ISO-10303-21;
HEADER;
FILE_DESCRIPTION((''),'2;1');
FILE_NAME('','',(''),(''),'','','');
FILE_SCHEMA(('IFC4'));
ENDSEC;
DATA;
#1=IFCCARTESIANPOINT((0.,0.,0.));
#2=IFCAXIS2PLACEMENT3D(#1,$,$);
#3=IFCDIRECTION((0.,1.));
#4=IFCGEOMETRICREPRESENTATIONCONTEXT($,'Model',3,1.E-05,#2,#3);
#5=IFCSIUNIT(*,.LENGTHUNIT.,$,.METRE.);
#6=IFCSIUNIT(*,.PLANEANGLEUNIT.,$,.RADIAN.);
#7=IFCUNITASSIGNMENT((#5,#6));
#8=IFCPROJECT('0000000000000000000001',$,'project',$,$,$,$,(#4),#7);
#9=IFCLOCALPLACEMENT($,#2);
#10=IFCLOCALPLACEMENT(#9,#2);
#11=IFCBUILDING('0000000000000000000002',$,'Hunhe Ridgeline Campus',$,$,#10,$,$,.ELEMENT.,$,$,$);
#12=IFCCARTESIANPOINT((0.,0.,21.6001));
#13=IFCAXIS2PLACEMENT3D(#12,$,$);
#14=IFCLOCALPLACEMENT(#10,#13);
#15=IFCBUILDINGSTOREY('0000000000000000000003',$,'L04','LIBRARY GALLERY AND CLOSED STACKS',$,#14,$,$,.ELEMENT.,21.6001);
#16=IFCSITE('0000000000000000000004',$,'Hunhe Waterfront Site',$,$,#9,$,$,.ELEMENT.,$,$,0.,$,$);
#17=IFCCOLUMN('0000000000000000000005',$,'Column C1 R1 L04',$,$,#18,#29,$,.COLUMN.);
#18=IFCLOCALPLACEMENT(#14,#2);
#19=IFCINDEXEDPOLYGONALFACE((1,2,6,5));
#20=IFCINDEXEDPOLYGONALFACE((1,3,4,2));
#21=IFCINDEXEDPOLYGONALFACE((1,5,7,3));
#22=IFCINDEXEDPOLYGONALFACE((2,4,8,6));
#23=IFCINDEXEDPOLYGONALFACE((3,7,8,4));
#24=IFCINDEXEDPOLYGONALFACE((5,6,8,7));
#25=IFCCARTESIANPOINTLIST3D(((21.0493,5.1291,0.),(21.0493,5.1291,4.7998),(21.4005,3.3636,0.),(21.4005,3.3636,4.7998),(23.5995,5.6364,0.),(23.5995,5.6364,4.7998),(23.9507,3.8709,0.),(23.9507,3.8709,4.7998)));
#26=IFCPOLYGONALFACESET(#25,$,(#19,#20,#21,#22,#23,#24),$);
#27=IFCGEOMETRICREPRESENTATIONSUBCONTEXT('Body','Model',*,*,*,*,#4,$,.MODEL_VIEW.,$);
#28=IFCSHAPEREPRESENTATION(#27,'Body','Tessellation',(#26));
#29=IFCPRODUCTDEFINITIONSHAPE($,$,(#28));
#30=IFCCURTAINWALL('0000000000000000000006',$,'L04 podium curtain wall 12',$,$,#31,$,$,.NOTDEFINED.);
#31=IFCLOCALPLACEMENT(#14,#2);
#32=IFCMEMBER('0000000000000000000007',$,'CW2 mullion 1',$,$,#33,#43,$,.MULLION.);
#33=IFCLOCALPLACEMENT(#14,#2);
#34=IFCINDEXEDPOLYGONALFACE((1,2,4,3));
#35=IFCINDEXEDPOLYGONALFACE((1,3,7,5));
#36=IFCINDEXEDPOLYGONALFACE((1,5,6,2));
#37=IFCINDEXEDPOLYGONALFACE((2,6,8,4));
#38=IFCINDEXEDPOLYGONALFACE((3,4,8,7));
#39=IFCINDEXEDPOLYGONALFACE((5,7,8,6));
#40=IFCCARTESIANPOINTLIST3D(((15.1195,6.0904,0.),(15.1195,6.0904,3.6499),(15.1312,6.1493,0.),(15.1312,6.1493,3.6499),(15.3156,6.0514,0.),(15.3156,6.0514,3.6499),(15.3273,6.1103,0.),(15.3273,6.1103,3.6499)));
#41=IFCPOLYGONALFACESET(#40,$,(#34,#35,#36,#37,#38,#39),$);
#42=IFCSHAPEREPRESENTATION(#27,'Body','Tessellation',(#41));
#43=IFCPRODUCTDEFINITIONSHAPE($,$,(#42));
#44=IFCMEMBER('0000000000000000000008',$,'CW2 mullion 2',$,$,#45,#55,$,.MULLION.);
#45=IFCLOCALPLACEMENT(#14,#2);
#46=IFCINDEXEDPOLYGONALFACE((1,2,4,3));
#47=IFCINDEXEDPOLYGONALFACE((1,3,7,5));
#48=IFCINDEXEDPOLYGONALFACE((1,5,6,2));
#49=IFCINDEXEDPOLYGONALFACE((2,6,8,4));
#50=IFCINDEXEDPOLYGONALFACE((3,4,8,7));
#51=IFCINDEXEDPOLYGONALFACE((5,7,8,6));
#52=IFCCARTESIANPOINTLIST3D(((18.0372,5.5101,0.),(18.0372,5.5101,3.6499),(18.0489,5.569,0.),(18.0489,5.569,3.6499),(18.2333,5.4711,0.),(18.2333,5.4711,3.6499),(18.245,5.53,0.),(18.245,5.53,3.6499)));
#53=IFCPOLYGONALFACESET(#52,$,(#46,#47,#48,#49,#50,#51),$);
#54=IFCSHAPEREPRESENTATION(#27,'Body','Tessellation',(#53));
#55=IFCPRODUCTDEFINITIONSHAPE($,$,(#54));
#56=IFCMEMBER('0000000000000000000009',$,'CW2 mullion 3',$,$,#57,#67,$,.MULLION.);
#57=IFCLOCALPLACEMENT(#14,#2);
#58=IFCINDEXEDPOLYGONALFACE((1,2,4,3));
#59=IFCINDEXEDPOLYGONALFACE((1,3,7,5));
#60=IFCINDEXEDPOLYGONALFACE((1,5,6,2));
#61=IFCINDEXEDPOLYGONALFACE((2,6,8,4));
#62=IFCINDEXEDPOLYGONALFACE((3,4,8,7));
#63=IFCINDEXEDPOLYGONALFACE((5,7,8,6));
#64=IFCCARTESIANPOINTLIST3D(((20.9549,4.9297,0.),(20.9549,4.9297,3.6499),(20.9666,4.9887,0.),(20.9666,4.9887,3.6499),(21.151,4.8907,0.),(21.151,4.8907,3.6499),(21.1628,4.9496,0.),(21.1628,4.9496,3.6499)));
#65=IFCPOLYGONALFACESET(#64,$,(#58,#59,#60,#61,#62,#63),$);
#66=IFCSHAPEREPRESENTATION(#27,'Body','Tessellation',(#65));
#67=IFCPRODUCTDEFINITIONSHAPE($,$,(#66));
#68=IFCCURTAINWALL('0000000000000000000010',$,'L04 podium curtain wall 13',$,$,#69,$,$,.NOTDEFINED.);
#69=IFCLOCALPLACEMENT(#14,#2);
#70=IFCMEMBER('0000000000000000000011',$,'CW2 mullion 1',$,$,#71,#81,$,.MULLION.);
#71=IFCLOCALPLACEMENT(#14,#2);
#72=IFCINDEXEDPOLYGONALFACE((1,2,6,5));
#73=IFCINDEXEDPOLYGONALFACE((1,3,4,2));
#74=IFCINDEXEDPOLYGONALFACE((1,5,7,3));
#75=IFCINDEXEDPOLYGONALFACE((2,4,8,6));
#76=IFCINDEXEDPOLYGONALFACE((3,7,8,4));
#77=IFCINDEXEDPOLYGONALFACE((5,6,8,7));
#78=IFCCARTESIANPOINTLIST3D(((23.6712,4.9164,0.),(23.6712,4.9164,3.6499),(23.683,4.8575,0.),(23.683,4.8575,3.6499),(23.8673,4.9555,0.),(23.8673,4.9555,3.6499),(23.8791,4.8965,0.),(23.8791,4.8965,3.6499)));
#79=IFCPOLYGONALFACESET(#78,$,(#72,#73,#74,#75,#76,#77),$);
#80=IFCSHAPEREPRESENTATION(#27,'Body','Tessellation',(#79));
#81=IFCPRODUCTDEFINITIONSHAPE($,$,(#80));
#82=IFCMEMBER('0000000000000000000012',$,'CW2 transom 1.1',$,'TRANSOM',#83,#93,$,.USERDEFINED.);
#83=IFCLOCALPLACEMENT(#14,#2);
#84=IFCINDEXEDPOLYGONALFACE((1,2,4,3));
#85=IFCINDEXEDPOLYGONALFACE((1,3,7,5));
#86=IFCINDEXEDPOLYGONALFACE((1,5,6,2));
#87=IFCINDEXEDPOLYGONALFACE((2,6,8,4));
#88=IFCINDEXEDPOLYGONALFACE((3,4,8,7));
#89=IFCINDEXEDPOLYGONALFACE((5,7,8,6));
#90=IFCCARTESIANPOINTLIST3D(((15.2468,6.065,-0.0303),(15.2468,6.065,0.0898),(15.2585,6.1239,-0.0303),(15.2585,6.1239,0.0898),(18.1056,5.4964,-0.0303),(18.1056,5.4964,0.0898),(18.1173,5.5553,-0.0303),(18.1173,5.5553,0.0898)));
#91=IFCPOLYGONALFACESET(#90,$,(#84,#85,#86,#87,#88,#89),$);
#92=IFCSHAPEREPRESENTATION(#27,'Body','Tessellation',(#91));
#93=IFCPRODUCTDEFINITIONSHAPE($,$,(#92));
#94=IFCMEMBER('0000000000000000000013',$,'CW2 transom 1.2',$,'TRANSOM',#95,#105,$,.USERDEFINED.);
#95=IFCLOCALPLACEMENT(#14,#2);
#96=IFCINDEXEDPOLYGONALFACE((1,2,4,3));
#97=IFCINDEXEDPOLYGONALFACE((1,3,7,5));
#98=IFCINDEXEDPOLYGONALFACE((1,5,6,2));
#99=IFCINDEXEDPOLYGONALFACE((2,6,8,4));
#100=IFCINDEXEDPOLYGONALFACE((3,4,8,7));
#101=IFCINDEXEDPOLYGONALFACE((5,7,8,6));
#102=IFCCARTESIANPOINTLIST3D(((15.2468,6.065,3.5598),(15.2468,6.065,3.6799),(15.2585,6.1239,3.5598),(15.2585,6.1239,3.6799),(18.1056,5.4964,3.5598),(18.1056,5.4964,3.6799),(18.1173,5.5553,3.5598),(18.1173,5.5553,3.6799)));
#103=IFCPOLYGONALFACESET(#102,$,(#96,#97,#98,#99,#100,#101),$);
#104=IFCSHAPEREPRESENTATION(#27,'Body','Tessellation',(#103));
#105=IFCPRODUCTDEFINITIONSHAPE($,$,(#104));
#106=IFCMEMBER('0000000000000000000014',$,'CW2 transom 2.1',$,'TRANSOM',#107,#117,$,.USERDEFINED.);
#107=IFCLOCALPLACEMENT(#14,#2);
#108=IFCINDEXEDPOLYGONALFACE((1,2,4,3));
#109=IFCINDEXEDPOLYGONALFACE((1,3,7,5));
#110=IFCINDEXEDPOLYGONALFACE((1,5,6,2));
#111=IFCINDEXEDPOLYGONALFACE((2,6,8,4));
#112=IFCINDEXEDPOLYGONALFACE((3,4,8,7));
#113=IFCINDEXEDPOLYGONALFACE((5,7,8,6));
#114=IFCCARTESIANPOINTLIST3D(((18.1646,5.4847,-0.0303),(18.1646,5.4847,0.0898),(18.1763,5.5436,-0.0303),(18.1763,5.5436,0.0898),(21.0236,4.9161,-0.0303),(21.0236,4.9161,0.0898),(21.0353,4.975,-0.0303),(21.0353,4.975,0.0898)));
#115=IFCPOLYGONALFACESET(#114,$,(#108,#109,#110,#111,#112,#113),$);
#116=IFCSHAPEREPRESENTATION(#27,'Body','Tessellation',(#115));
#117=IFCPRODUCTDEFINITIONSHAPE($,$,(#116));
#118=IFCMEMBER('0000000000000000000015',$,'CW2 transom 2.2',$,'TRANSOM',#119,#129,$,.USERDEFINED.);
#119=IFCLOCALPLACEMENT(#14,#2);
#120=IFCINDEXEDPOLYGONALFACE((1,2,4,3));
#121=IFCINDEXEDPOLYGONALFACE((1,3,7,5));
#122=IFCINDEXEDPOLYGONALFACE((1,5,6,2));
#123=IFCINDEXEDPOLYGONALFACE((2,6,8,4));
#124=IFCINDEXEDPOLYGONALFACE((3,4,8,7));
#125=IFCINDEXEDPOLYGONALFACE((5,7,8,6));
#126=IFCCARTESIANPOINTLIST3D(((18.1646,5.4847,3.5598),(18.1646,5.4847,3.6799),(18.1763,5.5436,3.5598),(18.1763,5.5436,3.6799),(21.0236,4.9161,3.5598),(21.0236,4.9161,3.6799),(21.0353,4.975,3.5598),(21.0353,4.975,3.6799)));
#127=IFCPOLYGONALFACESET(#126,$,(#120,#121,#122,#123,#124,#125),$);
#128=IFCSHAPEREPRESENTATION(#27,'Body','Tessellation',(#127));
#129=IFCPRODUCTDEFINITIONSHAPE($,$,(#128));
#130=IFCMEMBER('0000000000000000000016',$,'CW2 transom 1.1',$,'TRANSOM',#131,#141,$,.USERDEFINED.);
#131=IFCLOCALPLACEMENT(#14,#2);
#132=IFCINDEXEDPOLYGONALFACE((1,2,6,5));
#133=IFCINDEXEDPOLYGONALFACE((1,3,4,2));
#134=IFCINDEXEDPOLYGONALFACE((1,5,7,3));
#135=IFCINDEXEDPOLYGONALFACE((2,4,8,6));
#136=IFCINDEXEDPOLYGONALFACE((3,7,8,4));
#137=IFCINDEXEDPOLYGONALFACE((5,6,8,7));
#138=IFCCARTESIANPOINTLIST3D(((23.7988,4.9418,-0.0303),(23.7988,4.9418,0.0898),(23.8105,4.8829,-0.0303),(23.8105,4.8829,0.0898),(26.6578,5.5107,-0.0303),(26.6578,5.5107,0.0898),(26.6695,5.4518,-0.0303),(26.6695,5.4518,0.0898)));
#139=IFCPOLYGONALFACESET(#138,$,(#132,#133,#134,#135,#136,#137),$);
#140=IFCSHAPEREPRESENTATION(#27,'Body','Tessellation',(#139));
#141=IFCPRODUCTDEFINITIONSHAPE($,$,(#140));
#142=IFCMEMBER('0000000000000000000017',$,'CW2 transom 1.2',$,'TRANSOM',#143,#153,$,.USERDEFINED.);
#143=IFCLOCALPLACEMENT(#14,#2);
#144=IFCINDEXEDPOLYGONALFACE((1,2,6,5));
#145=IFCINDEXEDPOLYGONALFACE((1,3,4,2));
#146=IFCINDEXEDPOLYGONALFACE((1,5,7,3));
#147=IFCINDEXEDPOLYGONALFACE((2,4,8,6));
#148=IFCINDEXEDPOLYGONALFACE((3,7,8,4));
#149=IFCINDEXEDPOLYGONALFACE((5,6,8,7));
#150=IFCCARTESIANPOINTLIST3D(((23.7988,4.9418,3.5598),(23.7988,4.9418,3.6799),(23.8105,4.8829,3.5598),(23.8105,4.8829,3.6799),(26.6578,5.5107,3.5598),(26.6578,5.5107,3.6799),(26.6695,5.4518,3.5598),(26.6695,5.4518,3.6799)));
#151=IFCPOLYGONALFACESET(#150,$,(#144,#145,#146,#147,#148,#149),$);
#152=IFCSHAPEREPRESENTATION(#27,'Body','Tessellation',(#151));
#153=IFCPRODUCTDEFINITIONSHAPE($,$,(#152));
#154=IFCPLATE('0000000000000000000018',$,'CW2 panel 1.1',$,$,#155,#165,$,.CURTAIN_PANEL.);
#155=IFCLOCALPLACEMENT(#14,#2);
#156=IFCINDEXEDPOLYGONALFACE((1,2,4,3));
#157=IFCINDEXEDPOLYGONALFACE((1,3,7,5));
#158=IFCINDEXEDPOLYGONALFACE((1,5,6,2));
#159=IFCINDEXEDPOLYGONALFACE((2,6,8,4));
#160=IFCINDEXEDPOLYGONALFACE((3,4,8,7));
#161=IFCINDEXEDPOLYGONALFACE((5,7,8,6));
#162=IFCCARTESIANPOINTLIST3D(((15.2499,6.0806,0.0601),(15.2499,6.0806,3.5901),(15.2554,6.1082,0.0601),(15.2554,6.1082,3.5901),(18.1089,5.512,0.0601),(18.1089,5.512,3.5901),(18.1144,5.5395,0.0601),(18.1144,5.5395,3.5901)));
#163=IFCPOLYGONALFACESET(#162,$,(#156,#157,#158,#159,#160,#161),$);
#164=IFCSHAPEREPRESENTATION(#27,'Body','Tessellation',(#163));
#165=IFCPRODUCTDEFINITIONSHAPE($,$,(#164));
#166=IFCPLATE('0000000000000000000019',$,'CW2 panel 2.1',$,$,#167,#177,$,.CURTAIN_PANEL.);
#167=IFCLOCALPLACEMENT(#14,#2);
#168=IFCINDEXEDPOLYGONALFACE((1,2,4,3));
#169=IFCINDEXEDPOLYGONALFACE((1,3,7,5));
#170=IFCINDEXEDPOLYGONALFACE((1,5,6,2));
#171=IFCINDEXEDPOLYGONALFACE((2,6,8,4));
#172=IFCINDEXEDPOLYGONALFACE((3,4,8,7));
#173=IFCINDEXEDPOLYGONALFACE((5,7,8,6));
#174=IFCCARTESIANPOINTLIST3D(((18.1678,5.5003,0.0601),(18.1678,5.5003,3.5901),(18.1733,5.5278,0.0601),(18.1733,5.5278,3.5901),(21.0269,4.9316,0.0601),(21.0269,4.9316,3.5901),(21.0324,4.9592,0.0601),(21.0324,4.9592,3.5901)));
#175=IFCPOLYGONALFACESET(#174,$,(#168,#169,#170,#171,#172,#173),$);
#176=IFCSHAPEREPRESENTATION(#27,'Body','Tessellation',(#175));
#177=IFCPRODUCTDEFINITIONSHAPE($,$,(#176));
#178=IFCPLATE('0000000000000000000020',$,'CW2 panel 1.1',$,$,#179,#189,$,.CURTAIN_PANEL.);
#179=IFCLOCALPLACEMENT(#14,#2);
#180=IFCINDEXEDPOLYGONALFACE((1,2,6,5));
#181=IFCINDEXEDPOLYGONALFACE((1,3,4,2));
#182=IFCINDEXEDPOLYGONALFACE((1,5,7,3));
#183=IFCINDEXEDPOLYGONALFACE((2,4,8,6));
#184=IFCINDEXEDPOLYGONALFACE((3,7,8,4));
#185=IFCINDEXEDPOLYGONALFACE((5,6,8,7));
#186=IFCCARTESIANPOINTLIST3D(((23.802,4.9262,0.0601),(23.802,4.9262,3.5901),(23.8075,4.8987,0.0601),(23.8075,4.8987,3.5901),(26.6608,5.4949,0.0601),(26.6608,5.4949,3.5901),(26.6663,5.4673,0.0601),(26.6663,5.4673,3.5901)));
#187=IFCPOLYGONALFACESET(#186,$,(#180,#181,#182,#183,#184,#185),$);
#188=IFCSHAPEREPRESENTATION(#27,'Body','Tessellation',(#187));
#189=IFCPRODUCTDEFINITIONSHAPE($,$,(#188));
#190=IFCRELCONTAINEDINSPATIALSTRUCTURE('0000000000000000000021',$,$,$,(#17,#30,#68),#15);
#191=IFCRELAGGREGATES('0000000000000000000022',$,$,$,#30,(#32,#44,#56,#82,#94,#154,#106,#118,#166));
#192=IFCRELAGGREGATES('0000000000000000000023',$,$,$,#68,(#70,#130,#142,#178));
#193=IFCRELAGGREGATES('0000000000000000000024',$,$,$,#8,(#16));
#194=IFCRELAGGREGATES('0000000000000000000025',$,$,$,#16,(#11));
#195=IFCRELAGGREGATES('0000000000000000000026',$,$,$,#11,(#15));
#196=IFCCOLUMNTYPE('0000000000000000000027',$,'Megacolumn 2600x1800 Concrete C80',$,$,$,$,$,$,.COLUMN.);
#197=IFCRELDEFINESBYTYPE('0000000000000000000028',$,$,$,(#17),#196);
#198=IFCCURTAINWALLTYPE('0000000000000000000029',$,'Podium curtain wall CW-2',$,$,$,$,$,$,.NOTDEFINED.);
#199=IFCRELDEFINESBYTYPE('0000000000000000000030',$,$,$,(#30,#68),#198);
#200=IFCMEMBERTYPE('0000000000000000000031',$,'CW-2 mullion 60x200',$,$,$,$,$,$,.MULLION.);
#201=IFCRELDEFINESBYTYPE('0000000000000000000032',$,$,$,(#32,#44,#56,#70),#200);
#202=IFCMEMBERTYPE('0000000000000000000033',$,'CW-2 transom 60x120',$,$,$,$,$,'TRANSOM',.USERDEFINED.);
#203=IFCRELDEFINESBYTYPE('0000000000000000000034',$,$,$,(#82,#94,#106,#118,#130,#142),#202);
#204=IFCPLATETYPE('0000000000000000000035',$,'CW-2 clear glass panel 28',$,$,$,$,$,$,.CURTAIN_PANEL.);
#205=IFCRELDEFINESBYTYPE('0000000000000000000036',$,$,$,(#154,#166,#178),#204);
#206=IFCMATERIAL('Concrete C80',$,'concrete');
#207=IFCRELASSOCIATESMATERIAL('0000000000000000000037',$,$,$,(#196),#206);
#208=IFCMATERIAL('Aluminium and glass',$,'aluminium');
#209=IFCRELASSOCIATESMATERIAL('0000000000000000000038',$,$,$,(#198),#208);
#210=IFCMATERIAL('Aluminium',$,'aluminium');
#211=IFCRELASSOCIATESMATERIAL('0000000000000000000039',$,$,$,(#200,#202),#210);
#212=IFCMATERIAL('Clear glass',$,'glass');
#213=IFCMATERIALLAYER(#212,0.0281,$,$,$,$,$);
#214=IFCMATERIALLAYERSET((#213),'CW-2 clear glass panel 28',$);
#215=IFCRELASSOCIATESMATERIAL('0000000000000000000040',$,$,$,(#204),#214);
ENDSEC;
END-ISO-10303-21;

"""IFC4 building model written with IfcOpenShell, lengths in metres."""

from ifc_helpers import new_model, si_unit, direction, frame, origin, origin_2d, place, context, subcontext, project, spatial, rectangle, extrude, material, layer, layer_set, material_profile, profile_set, type_object, element, aggregate, save


model = new_model("IFC4")

# Units and contexts
model_context = context("Model", 3, precision=1e-05, world=origin(), true_north=direction((0.0, 1.0)))
body_context = subcontext(model_context, "Body", "Model", "MODEL_VIEW")
ifc_project = project(units=[si_unit("LENGTHUNIT", "METRE"), si_unit("PLANEANGLEUNIT", "RADIAN")], contexts=[model_context])

# Site, building, storey
site_placement = place(None, origin())
site = spatial("IfcSite", under=ifc_project, at=site_placement, Name="Hunhe Waterfront Site", CompositionType="ELEMENT", RefElevation=0.0)
building_placement = place(site_placement, origin())
building = spatial("IfcBuilding", under=site, at=building_placement, Name="Hunhe Ridgeline Campus", CompositionType="ELEMENT")
storey_placement = place(building_placement, frame((0.0, 0.0, 21.6001)))
storey = spatial("IfcBuildingStorey", under=building, at=storey_placement, Name="L04", Description="LIBRARY GALLERY AND CLOSED STACKS", CompositionType="ELEMENT", Elevation=21.6001)

# Column
ifc_material_1 = material(Name="Concrete C80", Category="concrete")
ifc_material_profile_1 = material_profile(ifc_material_1, rectangle(XDim=2.6001, YDim=1.8, at=origin_2d()))
ifc_profile_set_1 = profile_set([ifc_material_profile_1], Name="Concrete C80")
column_type = type_object("IfcColumnType", Name="Megacolumn 2600x1800 Concrete C80", PredefinedType="COLUMN", material=ifc_profile_set_1)
column_placement = place(storey_placement, frame((22.5, 4.5, 0.0), z_axis=(0.0, 0.0, 1.0), x_axis=(0.980785, 0.19509, 0.0)))
element("IfcColumn", 1, at=column_placement, inside=storey, type_object=column_type, Name="Column C1 R1 L04", PredefinedType="COLUMN", context=body_context, shape_type="SweptSolid", body=[
    extrude(rectangle(XDim=2.6001, YDim=1.8, at=origin_2d()), origin(), (0.0, 0.0, 1.0), 4.7998),
])

# Curtain wall, members
ifc_material_2 = material(Name="Aluminium and glass", Category="aluminium")
curtain_wall_type = type_object("IfcCurtainWallType", Name="Podium curtain wall CW-2", PredefinedType="NOTDEFINED", material=ifc_material_2)
curtain_wall_1_placement = place(storey_placement, origin())
curtain_wall_1 = element("IfcCurtainWall", 2, at=curtain_wall_1_placement, inside=storey, type_object=curtain_wall_type, Name="L04 podium curtain wall 12", PredefinedType="NOTDEFINED")
ifc_material_3 = material(Name="Aluminium", Category="aluminium")
ifc_material_profile_2 = material_profile(ifc_material_3, rectangle(XDim=0.0601, YDim=0.2, at=origin_2d()))
ifc_profile_set_2 = profile_set([ifc_material_profile_2], Name="Aluminium")
member_type_1 = type_object("IfcMemberType", Name="CW-2 mullion 60x200", PredefinedType="MULLION", material=ifc_profile_set_2)
member_1_placement = place(storey_placement, frame((15.2234, 6.1003, 0.0), z_axis=(0.0, 0.0, 1.0), x_axis=(0.195079, 0.980787, 0.0)))
member_1 = element("IfcMember", 3, at=member_1_placement, type_object=member_type_1, Name="CW2 mullion 1", PredefinedType="MULLION", context=body_context, shape_type="SweptSolid", body=[
    extrude(rectangle(XDim=0.0601, YDim=0.2, at=origin_2d()), origin(), (0.0, 0.0, 1.0), 3.6499),
])
member_2_placement = place(storey_placement, frame((18.1411, 5.52, 0.0), z_axis=(0.0, 0.0, 1.0), x_axis=(0.195079, 0.980787, 0.0)))
member_2 = element("IfcMember", 4, at=member_2_placement, type_object=member_type_1, Name="CW2 mullion 2", PredefinedType="MULLION", context=body_context, shape_type="SweptSolid", body=[
    extrude(rectangle(XDim=0.0601, YDim=0.2, at=origin_2d()), origin(), (0.0, 0.0, 1.0), 3.6499),
])
member_3_placement = place(storey_placement, frame((21.0588, 4.9397, 0.0), z_axis=(0.0, 0.0, 1.0), x_axis=(0.195079, 0.980787, 0.0)))
member_3 = element("IfcMember", 5, at=member_3_placement, type_object=member_type_1, Name="CW2 mullion 3", PredefinedType="MULLION", context=body_context, shape_type="SweptSolid", body=[
    extrude(rectangle(XDim=0.0601, YDim=0.2, at=origin_2d()), origin(), (0.0, 0.0, 1.0), 3.6499),
])

# Curtain wall, member
curtain_wall_2_placement = place(storey_placement, origin())
curtain_wall_2 = element("IfcCurtainWall", 6, at=curtain_wall_2_placement, inside=storey, type_object=curtain_wall_type, Name="L04 podium curtain wall 13", PredefinedType="NOTDEFINED")
member_4_placement = place(storey_placement, frame((23.7751, 4.9065, 0.0), z_axis=(0.0, 0.0, 1.0), x_axis=(-0.195098, 0.980784, 0.0)))
member_4 = element("IfcMember", 7, at=member_4_placement, type_object=member_type_1, Name="CW2 mullion 1", PredefinedType="MULLION", context=body_context, shape_type="SweptSolid", body=[
    extrude(rectangle(XDim=0.0601, YDim=0.2, at=origin_2d()), origin(), (0.0, 0.0, 1.0), 3.6499),
])

# Members
ifc_material_profile_3 = material_profile(ifc_material_3, rectangle(XDim=0.0601, YDim=0.1201, at=origin_2d()))
ifc_profile_set_3 = profile_set([ifc_material_profile_3], Name="Aluminium")
member_type_2 = type_object("IfcMemberType", Name="CW-2 transom 60x120", ElementType="TRANSOM", PredefinedType="USERDEFINED", material=ifc_profile_set_3)
member_5_placement = place(storey_placement, frame((15.2527, 6.0945, 0.0298), z_axis=(0.98079, -0.195069, 0.0), x_axis=(0.195069, 0.98079, 0.0)))
member_5 = element("IfcMember", 8, at=member_5_placement, type_object=member_type_2, Name="CW2 transom 1.1", ObjectType="TRANSOM", PredefinedType="USERDEFINED", context=body_context, shape_type="SweptSolid", body=[
    extrude(rectangle(XDim=0.0601, YDim=0.1201, at=origin_2d()), origin(), (0.0, 0.0, 1.0), 2.9148),
])
member_6_placement = place(storey_placement, frame((15.2527, 6.0945, 3.6199), z_axis=(0.98079, -0.195069, 0.0), x_axis=(0.195069, 0.98079, 0.0)))
member_6 = element("IfcMember", 9, at=member_6_placement, type_object=member_type_2, Name="CW2 transom 1.2", ObjectType="TRANSOM", PredefinedType="USERDEFINED", context=body_context, shape_type="SweptSolid", body=[
    extrude(rectangle(XDim=0.0601, YDim=0.1201, at=origin_2d()), origin(), (0.0, 0.0, 1.0), 2.9148),
])
member_7_placement = place(storey_placement, frame((18.1704, 5.5142, 0.0298), z_axis=(0.980793, -0.195053, 0.0), x_axis=(0.195053, 0.980793, 0.0)))
member_7 = element("IfcMember", 10, at=member_7_placement, type_object=member_type_2, Name="CW2 transom 2.1", ObjectType="TRANSOM", PredefinedType="USERDEFINED", context=body_context, shape_type="SweptSolid", body=[
    extrude(rectangle(XDim=0.0601, YDim=0.1201, at=origin_2d()), origin(), (0.0, 0.0, 1.0), 2.915),
])
member_8_placement = place(storey_placement, frame((18.1704, 5.5142, 3.6199), z_axis=(0.980793, -0.195053, 0.0), x_axis=(0.195053, 0.980793, 0.0)))
member_8 = element("IfcMember", 11, at=member_8_placement, type_object=member_type_2, Name="CW2 transom 2.2", ObjectType="TRANSOM", PredefinedType="USERDEFINED", context=body_context, shape_type="SweptSolid", body=[
    extrude(rectangle(XDim=0.0601, YDim=0.1201, at=origin_2d()), origin(), (0.0, 0.0, 1.0), 2.915),
])
member_9_placement = place(storey_placement, frame((23.8047, 4.9124, 0.0298), z_axis=(0.980773, 0.19515, 0.0), x_axis=(-0.19515, 0.980773, 0.0)))
member_9 = element("IfcMember", 12, at=member_9_placement, type_object=member_type_2, Name="CW2 transom 1.1", ObjectType="TRANSOM", PredefinedType="USERDEFINED", context=body_context, shape_type="SweptSolid", body=[
    extrude(rectangle(XDim=0.0601, YDim=0.1201, at=origin_2d()), origin(), (0.0, 0.0, 1.0), 2.915),
])
member_10_placement = place(storey_placement, frame((23.8047, 4.9124, 3.6199), z_axis=(0.980773, 0.19515, 0.0), x_axis=(-0.19515, 0.980773, 0.0)))
member_10 = element("IfcMember", 13, at=member_10_placement, type_object=member_type_2, Name="CW2 transom 1.2", ObjectType="TRANSOM", PredefinedType="USERDEFINED", context=body_context, shape_type="SweptSolid", body=[
    extrude(rectangle(XDim=0.0601, YDim=0.1201, at=origin_2d()), origin(), (0.0, 0.0, 1.0), 2.915),
])

# Plates
ifc_material_4 = material(Name="Clear glass", Category="glass")
ifc_layer_1 = layer(ifc_material_4, 0.0281)
ifc_layer_set_1 = layer_set([ifc_layer_1], Name="CW-2 clear glass panel 28")
plate_type = type_object("IfcPlateType", Name="CW-2 clear glass panel 28", PredefinedType="CURTAIN_PANEL", material=ifc_layer_set_1)
plate_1_placement = place(storey_placement, frame((16.6821, 5.8101, 0.0601), z_axis=(0.0, 0.0, 1.0), x_axis=(0.980787, -0.195079, 0.0)))
plate_1 = element("IfcPlate", 14, at=plate_1_placement, type_object=plate_type, Name="CW2 panel 1.1", PredefinedType="CURTAIN_PANEL", context=body_context, shape_type="SweptSolid", body=[
    extrude(rectangle(XDim=2.915, YDim=0.0281, at=origin_2d()), origin(), (0.0, 0.0, 1.0), 3.53),
])
plate_2_placement = place(storey_placement, frame((19.6001, 5.2297, 0.0601), z_axis=(0.0, 0.0, 1.0), x_axis=(0.980787, -0.195079, 0.0)))
plate_2 = element("IfcPlate", 15, at=plate_2_placement, type_object=plate_type, Name="CW2 panel 2.1", PredefinedType="CURTAIN_PANEL", context=body_context, shape_type="SweptSolid", body=[
    extrude(rectangle(XDim=2.915, YDim=0.0281, at=origin_2d()), origin(), (0.0, 0.0, 1.0), 3.53),
])
aggregate(curtain_wall_1, [member_1, member_2, member_3, member_5, member_6, plate_1, member_7, member_8, plate_2])
plate_3_placement = place(storey_placement, frame((25.2341, 5.1968, 0.0601), z_axis=(0.0, 0.0, 1.0), x_axis=(0.980784, 0.195098, 0.0)))
plate_3 = element("IfcPlate", 16, at=plate_3_placement, type_object=plate_type, Name="CW2 panel 1.1", PredefinedType="CURTAIN_PANEL", context=body_context, shape_type="SweptSolid", body=[
    extrude(rectangle(XDim=2.9148, YDim=0.0281, at=origin_2d()), origin(), (0.0, 0.0, 1.0), 3.53),
])
aggregate(curtain_wall_2, [member_4, member_9, member_10, plate_3])

save(model, "model.ifc")
